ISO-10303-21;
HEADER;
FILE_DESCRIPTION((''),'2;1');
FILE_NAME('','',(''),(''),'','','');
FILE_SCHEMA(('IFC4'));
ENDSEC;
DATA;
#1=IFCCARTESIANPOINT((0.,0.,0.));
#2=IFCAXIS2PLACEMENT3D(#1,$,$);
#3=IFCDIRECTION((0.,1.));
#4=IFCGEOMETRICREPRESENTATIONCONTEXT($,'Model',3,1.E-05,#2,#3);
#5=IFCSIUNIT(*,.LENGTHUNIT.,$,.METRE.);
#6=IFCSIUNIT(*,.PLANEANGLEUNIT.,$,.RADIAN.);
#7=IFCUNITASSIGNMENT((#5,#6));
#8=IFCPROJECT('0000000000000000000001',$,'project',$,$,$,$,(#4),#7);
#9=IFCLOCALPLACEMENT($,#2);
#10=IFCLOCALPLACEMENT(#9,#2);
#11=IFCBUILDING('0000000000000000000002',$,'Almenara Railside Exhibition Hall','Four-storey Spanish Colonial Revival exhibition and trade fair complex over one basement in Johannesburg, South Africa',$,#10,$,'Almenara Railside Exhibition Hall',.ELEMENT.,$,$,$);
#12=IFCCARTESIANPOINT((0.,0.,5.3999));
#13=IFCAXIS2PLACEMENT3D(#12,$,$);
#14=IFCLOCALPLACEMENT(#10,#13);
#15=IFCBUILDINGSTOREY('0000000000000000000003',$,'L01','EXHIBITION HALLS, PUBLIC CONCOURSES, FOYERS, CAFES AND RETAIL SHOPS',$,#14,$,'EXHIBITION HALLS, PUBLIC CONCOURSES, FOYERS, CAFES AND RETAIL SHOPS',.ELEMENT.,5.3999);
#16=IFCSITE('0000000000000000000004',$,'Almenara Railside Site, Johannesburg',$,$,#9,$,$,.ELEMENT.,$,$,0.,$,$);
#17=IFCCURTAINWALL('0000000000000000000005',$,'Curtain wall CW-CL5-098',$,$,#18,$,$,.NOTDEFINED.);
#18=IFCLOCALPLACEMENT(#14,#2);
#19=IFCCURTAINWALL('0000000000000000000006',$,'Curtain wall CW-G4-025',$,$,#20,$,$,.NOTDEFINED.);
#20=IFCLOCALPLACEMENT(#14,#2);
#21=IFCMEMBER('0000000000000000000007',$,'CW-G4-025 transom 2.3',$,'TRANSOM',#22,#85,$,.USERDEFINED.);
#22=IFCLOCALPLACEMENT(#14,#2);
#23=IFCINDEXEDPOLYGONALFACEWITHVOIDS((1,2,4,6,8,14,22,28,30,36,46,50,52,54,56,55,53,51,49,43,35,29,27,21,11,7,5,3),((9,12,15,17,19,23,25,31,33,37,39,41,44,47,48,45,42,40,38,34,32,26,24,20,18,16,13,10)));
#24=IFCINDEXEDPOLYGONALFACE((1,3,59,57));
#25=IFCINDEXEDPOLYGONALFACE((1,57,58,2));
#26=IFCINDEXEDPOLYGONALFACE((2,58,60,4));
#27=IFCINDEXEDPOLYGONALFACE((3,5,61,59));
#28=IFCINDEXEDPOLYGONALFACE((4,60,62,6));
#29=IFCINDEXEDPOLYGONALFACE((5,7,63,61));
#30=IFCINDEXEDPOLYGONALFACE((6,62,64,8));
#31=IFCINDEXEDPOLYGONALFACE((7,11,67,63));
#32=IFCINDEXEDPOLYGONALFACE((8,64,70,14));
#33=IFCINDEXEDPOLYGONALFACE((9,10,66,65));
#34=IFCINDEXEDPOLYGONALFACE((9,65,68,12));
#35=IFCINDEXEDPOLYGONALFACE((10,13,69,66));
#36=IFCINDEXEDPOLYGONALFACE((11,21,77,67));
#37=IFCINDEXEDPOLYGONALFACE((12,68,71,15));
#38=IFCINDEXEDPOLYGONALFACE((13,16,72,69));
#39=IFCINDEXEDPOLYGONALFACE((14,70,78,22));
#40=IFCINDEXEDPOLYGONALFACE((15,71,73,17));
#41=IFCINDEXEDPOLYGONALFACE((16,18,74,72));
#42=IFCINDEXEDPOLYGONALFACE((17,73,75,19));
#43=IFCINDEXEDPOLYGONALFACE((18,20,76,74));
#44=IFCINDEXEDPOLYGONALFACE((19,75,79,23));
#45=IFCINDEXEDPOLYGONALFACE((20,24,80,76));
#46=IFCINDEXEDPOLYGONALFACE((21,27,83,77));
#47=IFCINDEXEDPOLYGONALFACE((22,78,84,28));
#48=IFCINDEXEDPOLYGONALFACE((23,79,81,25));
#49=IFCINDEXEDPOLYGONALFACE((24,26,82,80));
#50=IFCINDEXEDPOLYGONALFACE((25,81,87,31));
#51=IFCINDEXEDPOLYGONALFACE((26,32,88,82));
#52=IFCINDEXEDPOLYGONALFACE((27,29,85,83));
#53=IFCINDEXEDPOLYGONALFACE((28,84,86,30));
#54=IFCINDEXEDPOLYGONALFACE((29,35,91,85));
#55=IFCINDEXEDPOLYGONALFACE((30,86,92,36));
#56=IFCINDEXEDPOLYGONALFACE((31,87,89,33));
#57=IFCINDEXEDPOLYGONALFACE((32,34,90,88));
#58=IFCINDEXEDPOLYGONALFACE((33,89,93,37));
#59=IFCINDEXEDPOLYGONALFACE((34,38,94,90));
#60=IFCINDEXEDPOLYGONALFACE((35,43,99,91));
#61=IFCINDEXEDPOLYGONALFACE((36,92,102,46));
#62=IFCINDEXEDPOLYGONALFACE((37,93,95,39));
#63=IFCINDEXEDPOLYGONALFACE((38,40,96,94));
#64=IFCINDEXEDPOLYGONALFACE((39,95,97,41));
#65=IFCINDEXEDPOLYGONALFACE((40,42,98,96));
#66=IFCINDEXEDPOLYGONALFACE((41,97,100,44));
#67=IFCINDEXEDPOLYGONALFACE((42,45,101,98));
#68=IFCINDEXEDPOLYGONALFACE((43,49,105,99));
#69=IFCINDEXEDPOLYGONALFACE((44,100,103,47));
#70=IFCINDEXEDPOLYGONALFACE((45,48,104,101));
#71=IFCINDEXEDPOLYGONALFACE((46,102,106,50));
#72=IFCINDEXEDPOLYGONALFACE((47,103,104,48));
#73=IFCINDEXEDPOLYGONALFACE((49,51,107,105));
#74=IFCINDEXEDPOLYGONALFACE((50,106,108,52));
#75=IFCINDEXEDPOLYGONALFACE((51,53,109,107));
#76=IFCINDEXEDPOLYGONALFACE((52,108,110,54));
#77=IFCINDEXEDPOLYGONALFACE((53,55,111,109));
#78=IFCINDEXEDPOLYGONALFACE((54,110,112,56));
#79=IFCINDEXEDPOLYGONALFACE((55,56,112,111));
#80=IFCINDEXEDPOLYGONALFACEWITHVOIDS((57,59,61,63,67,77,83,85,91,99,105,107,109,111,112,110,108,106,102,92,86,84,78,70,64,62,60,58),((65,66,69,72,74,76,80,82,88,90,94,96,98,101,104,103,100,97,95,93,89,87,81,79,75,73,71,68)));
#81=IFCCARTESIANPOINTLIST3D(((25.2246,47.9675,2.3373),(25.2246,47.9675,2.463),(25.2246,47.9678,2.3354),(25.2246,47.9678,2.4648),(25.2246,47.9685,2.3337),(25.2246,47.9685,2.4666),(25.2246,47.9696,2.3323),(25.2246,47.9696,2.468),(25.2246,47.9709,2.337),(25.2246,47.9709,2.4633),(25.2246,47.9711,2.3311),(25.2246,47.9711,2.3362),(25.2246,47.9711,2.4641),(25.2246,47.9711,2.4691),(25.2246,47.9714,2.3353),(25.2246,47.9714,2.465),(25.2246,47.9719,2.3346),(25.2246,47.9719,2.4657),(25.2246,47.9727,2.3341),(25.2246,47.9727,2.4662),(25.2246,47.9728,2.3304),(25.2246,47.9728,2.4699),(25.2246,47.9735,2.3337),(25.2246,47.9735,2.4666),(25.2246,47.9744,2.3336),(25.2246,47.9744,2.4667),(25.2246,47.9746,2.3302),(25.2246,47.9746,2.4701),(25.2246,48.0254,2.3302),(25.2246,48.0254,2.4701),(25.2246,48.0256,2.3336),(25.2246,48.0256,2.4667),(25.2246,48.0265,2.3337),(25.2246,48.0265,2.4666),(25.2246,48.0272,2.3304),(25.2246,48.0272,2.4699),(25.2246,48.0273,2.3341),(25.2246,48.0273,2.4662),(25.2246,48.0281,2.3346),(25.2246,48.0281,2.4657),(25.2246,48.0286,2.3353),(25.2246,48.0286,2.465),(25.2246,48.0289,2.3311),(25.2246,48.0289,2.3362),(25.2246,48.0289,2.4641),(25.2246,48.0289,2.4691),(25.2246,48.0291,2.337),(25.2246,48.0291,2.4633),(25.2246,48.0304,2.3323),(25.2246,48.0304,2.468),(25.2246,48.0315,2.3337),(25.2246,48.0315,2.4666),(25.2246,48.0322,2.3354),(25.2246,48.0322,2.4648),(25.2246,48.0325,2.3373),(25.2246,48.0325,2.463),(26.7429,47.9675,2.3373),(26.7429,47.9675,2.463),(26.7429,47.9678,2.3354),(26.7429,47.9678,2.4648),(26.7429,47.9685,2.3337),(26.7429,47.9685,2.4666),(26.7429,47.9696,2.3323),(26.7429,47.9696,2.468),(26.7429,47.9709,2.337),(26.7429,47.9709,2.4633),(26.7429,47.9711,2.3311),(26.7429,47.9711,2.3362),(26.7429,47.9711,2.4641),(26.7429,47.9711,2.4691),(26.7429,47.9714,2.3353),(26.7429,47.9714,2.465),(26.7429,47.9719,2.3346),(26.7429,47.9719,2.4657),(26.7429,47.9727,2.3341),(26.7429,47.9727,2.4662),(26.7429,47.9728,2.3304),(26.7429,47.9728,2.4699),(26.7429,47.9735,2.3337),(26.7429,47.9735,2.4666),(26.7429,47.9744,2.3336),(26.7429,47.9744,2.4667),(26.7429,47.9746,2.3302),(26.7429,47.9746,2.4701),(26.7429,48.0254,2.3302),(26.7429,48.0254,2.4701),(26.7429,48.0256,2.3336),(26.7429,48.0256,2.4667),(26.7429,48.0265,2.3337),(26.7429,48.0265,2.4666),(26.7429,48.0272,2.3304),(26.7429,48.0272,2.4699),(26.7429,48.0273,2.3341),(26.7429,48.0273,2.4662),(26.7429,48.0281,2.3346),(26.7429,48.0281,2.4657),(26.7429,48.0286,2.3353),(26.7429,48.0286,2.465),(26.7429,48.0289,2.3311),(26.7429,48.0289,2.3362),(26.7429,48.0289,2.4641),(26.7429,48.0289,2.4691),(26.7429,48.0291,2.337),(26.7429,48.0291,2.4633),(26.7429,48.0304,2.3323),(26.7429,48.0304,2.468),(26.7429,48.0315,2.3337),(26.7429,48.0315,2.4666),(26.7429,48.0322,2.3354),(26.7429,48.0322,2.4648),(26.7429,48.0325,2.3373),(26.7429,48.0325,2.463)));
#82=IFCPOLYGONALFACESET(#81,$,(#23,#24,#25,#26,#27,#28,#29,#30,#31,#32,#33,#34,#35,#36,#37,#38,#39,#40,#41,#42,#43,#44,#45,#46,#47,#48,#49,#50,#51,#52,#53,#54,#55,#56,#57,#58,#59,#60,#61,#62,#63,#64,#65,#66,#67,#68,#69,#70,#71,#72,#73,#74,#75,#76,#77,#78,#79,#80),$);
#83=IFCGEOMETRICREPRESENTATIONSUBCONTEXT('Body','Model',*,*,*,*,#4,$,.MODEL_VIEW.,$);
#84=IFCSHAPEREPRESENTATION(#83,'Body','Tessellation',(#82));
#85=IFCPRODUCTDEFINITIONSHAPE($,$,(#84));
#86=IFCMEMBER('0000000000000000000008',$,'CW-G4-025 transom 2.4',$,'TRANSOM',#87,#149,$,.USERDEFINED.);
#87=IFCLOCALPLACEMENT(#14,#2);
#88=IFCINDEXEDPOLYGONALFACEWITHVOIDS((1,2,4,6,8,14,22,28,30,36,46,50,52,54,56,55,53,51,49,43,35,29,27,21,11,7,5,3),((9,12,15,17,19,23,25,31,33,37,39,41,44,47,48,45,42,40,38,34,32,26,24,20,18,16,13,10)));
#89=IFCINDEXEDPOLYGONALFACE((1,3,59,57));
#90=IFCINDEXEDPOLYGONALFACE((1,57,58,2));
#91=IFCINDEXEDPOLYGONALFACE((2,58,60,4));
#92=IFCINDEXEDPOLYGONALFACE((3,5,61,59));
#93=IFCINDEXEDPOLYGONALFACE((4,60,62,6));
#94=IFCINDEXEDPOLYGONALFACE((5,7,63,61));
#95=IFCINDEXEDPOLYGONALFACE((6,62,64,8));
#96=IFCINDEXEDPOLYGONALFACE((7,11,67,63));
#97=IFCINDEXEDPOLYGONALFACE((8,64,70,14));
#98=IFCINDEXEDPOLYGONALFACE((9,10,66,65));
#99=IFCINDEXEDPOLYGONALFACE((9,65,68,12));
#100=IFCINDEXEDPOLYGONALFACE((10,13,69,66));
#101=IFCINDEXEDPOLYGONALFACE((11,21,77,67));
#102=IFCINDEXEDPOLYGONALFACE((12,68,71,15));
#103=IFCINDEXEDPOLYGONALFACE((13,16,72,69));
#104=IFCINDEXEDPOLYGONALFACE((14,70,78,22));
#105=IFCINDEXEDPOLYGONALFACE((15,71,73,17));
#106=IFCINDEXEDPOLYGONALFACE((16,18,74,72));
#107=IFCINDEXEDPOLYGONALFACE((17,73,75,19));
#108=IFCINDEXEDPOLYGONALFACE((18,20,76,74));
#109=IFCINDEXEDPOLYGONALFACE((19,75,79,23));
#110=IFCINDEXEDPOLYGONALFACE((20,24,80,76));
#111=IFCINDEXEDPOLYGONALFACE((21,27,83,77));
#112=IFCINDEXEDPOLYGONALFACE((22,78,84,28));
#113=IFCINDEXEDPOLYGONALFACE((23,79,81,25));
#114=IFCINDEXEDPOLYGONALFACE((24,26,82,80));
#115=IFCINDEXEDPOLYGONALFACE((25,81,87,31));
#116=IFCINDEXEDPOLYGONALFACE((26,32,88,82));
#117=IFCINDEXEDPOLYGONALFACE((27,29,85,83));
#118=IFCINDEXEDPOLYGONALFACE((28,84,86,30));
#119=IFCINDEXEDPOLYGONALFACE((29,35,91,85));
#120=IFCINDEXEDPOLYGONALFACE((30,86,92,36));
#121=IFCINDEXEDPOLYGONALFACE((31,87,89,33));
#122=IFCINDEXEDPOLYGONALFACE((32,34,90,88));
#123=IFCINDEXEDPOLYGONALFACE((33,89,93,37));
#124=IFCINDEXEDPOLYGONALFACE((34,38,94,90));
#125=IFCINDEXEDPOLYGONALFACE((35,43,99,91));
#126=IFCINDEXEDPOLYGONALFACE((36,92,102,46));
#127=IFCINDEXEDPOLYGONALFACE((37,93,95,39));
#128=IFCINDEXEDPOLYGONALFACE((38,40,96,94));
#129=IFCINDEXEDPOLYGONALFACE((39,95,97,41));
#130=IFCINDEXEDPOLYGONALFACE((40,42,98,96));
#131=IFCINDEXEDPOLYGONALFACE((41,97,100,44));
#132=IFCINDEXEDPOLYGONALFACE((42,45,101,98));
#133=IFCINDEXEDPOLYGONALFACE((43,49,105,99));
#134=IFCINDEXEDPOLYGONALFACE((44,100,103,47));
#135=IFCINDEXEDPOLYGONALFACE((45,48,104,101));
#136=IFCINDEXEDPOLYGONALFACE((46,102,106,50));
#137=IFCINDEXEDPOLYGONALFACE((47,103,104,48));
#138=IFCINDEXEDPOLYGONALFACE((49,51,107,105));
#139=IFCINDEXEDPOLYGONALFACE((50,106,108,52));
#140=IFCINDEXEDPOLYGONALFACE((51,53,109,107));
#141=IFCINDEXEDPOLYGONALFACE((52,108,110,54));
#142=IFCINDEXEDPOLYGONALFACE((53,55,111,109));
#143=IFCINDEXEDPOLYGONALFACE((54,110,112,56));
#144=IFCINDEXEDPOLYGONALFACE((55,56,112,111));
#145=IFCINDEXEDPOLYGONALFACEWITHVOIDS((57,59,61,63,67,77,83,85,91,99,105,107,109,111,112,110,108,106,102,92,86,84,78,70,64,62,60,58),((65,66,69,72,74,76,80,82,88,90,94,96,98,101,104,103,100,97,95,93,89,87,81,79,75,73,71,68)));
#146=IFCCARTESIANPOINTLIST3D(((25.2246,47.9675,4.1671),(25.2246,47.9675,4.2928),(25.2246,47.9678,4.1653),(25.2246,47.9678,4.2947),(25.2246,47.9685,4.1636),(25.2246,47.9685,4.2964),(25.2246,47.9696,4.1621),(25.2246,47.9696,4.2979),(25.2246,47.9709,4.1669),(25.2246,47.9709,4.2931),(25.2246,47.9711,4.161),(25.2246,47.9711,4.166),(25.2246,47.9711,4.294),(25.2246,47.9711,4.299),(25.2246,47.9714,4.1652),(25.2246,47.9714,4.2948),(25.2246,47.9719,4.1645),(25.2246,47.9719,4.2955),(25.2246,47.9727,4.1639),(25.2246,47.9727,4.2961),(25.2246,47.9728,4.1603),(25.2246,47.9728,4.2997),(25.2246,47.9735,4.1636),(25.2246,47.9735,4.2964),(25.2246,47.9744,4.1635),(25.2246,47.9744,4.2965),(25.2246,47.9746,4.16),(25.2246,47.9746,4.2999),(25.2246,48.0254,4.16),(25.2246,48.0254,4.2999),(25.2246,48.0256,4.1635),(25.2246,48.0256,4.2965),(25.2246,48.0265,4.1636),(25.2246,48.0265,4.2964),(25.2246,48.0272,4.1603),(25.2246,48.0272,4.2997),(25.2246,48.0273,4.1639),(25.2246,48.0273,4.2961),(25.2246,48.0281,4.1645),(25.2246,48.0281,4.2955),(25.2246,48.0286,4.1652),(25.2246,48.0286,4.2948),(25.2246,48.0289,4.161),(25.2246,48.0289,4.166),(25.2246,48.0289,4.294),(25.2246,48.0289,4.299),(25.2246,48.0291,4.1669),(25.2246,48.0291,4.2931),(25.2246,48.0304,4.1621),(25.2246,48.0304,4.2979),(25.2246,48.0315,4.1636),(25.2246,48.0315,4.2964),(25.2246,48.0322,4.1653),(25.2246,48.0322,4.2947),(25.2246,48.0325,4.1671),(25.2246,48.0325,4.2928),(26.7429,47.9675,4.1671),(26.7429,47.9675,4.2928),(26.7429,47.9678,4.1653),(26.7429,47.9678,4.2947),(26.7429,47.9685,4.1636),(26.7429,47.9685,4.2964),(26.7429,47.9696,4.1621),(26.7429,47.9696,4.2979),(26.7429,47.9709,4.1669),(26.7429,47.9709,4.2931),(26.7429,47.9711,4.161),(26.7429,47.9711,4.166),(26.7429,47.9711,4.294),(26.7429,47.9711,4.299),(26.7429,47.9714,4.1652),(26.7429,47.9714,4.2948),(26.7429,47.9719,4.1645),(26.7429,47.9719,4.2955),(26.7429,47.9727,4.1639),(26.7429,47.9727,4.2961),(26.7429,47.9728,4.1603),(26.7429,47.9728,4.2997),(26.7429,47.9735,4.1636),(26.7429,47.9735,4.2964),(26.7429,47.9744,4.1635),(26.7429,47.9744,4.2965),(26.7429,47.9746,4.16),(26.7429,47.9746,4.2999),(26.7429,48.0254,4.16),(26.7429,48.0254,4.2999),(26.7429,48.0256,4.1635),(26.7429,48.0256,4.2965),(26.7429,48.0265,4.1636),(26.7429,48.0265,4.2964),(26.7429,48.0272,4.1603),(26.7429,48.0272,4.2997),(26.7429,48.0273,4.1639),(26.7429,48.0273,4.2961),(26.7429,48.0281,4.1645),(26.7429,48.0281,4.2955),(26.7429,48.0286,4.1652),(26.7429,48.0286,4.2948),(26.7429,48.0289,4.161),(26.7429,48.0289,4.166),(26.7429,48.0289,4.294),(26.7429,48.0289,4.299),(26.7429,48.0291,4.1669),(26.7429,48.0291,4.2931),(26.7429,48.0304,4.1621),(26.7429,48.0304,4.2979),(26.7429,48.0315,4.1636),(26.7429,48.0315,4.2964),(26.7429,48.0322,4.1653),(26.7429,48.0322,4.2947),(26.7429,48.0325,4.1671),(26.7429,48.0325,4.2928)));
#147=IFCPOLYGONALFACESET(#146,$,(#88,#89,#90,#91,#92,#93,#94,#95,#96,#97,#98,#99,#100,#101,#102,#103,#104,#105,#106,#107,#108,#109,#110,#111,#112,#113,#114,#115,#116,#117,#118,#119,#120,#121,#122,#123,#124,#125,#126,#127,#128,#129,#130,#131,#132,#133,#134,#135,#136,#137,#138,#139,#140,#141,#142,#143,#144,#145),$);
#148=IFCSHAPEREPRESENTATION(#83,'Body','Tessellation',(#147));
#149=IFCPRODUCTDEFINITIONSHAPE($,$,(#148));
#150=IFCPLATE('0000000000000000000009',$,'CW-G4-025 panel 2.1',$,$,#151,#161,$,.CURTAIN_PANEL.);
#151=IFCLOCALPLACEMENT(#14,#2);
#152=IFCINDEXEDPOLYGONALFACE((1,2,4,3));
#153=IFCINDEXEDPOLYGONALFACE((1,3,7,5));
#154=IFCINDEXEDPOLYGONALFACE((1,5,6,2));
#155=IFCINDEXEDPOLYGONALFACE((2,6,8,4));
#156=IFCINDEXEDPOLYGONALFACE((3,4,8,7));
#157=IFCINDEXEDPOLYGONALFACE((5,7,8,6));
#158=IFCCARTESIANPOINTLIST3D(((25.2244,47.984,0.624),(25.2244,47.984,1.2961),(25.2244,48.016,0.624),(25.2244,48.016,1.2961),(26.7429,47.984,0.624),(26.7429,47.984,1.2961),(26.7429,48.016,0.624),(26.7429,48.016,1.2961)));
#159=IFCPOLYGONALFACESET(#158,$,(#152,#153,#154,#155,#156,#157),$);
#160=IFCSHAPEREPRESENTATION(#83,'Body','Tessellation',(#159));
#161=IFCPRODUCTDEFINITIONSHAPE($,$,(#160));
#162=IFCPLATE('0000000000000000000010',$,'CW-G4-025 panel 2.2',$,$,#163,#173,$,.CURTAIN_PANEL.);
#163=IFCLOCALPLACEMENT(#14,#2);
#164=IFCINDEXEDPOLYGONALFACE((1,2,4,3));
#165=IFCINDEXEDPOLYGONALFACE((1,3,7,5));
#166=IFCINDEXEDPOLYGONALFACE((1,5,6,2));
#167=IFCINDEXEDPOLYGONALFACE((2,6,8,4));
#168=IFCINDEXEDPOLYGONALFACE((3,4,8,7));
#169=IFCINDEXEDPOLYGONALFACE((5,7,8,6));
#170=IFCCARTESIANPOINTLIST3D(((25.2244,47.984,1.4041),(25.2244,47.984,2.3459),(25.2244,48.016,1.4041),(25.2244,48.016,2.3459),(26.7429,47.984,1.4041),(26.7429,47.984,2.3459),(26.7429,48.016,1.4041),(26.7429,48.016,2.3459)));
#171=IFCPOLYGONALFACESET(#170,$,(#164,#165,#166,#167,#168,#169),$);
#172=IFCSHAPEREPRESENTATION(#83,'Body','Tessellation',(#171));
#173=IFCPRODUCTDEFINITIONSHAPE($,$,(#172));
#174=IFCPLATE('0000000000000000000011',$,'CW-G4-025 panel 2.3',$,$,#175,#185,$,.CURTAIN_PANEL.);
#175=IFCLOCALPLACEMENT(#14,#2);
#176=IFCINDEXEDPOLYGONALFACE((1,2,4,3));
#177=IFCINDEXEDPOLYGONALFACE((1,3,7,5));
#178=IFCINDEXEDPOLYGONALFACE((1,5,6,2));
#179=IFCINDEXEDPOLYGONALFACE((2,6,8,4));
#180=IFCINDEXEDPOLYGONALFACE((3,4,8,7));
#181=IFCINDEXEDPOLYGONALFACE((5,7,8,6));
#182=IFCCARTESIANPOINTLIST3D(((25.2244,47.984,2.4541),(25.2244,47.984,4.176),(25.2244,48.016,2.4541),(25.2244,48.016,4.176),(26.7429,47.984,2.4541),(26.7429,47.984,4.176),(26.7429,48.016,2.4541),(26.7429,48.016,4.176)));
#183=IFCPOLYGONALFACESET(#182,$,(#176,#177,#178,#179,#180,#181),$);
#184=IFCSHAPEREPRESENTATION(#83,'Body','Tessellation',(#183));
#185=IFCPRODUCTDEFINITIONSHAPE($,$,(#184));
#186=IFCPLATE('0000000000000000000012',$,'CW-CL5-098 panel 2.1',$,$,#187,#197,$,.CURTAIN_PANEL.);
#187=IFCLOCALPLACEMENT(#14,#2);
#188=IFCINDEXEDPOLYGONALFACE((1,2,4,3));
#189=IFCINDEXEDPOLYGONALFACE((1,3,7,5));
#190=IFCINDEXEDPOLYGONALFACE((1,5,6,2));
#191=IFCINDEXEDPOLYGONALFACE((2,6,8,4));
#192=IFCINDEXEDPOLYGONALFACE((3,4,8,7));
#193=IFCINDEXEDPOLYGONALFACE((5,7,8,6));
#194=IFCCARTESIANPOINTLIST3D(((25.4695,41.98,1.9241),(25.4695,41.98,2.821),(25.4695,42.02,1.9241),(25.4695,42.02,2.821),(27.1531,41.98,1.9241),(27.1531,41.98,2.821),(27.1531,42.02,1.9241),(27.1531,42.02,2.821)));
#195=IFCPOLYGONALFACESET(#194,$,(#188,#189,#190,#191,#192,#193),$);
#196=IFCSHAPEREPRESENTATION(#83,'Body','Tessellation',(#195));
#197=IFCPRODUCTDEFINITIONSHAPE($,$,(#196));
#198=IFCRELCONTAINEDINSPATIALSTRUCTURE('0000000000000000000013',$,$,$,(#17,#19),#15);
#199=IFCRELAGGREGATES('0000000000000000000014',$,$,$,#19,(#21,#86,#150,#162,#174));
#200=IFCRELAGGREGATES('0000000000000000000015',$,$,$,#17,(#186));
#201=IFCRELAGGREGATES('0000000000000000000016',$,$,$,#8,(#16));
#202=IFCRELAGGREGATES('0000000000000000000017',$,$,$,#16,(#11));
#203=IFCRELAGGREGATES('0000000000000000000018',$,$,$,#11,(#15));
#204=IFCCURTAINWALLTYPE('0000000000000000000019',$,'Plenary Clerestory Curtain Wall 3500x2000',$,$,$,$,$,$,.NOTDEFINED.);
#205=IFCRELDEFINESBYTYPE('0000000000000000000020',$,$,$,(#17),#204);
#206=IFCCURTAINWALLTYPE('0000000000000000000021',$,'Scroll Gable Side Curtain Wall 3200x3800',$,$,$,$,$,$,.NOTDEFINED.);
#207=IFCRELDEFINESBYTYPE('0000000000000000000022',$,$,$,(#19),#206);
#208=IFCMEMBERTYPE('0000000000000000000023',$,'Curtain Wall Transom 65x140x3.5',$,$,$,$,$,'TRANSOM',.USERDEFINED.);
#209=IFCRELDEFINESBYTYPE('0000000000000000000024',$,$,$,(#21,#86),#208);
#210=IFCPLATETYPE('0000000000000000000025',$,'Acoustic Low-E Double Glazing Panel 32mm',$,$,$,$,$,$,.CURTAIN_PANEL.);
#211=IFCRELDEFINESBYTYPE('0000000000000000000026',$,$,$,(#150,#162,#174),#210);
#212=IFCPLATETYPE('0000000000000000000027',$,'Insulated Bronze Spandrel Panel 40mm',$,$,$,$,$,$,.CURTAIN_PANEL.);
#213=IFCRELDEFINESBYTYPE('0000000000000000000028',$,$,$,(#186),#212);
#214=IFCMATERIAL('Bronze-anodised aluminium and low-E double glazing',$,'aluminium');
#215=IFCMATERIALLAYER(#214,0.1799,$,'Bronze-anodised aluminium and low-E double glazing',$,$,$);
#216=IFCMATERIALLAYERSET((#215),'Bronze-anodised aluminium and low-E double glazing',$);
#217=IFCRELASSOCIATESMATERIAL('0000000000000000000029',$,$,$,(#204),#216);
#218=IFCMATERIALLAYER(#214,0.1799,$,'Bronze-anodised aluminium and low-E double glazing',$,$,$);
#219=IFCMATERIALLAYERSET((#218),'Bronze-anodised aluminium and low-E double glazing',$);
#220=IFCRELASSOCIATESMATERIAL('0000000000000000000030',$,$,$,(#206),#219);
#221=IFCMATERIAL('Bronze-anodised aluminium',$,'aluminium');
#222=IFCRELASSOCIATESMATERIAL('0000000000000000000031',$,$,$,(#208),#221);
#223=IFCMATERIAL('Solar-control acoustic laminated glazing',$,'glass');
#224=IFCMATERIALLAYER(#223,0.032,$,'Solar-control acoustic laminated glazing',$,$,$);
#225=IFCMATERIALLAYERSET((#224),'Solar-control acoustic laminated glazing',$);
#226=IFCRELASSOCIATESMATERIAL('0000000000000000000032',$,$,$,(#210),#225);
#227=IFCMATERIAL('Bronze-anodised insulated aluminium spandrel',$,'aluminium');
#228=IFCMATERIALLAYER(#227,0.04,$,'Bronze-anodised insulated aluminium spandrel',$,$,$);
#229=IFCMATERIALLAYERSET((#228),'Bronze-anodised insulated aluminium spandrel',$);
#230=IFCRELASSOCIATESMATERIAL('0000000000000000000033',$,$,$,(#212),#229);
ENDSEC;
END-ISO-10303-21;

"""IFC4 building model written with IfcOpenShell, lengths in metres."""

from ifc_helpers import new_model, si_unit, direction, frame, origin, origin_2d, place, context, subcontext, project, spatial, rectangle, hollow_rectangle, extrude, material, layer, layer_set, material_profile, profile_set, type_object, element, aggregate, save


model = new_model("IFC4")

# Units and contexts
model_context = context("Model", 3, precision=1e-05, world=origin(), true_north=direction((0.0, 1.0)))
body_context = subcontext(model_context, "Body", "Model", "MODEL_VIEW")
ifc_project = project(units=[si_unit("LENGTHUNIT", "METRE"), si_unit("PLANEANGLEUNIT", "RADIAN")], contexts=[model_context])

# Site, building, storey
site_placement = place(None, origin())
site = spatial("IfcSite", under=ifc_project, at=site_placement, Name="Almenara Railside Site, Johannesburg", CompositionType="ELEMENT", RefElevation=0.0)
building_placement = place(site_placement, origin())
building = spatial("IfcBuilding", under=site, at=building_placement, Name="Almenara Railside Exhibition Hall", Description="Four-storey Spanish Colonial Revival exhibition and trade fair complex over one basement in Johannesburg, South Africa", LongName="Almenara Railside Exhibition Hall", CompositionType="ELEMENT")
storey_placement = place(building_placement, frame((0.0, 0.0, 5.3999)))
storey = spatial("IfcBuildingStorey", under=building, at=storey_placement, Name="L01", Description="EXHIBITION HALLS, PUBLIC CONCOURSES, FOYERS, CAFES AND RETAIL SHOPS", LongName="EXHIBITION HALLS, PUBLIC CONCOURSES, FOYERS, CAFES AND RETAIL SHOPS", CompositionType="ELEMENT", Elevation=5.3999)

# Curtain wall
ifc_material_1 = material(Name="Bronze-anodised aluminium and low-E double glazing", Category="aluminium")
ifc_layer_1 = layer(ifc_material_1, 0.1799, Name="Bronze-anodised aluminium and low-E double glazing")
ifc_layer_set_1 = layer_set([ifc_layer_1], Name="Bronze-anodised aluminium and low-E double glazing")
curtain_wall_type_1 = type_object("IfcCurtainWallType", Name="Plenary Clerestory Curtain Wall 3500x2000", PredefinedType="NOTDEFINED", material=ifc_layer_set_1)
curtain_wall_1_placement = place(storey_placement, origin())
curtain_wall_1 = element("IfcCurtainWall", 1, at=curtain_wall_1_placement, inside=storey, type_object=curtain_wall_type_1, Name="Curtain wall CW-CL5-098", PredefinedType="NOTDEFINED")
ifc_material_2 = material(Name="Bronze-anodised aluminium", Category="aluminium")

# Curtain wall
ifc_layer_2 = layer(ifc_material_1, 0.1799, Name="Bronze-anodised aluminium and low-E double glazing")
ifc_layer_set_2 = layer_set([ifc_layer_2], Name="Bronze-anodised aluminium and low-E double glazing")
curtain_wall_type_2 = type_object("IfcCurtainWallType", Name="Scroll Gable Side Curtain Wall 3200x3800", PredefinedType="NOTDEFINED", material=ifc_layer_set_2)
curtain_wall_2_placement = place(storey_placement, origin())
curtain_wall_2 = element("IfcCurtainWall", 2, at=curtain_wall_2_placement, inside=storey, type_object=curtain_wall_type_2, Name="Curtain wall CW-G4-025", PredefinedType="NOTDEFINED")

# Members
ifc_material_profile_1 = material_profile(ifc_material_2, hollow_rectangle(XDim=0.0649, YDim=0.1399, WallThickness=0.0034, InnerFilletRadius=0.0034, OuterFilletRadius=0.0071, at=origin_2d()), Name="ALU-TRN 65x140x3.5")
ifc_profile_set_1 = profile_set([ifc_material_profile_1], Name="Bronze-anodised aluminium")
member_type_1 = type_object("IfcMemberType", Name="Curtain Wall Transom 65x140x3.5", ElementType="TRANSOM", PredefinedType="USERDEFINED", material=ifc_profile_set_1)
member_1_placement = place(storey_placement, frame((25.2246, 48.0, 2.4001), z_axis=(1.0, 0.0, 0.0), x_axis=(0.0, 1.0, 0.0)))
member_1 = element("IfcMember", 3, at=member_1_placement, type_object=member_type_1, Name="CW-G4-025 transom 2.3", ObjectType="TRANSOM", PredefinedType="USERDEFINED", context=body_context, shape_type="SweptSolid", body=[
    extrude(hollow_rectangle(XDim=0.0649, YDim=0.1399, WallThickness=0.0034, InnerFilletRadius=0.0034, OuterFilletRadius=0.0071, at=origin_2d()), origin(), (0.0, 0.0, 1.0), 1.5183),
])
member_2_placement = place(storey_placement, frame((25.2246, 48.0, 4.23), z_axis=(1.0, 0.0, 0.0), x_axis=(0.0, 1.0, 0.0)))
member_2 = element("IfcMember", 4, at=member_2_placement, type_object=member_type_1, Name="CW-G4-025 transom 2.4", ObjectType="TRANSOM", PredefinedType="USERDEFINED", context=body_context, shape_type="SweptSolid", body=[
    extrude(hollow_rectangle(XDim=0.0649, YDim=0.1399, WallThickness=0.0034, InnerFilletRadius=0.0034, OuterFilletRadius=0.0071, at=origin_2d()), origin(), (0.0, 0.0, 1.0), 1.5183),
])

# Plates
ifc_material_3 = material(Name="Solar-control acoustic laminated glazing", Category="glass")
ifc_layer_3 = layer(ifc_material_3, 0.032, Name="Solar-control acoustic laminated glazing")
ifc_layer_set_3 = layer_set([ifc_layer_3], Name="Solar-control acoustic laminated glazing")
plate_type_1 = type_object("IfcPlateType", Name="Acoustic Low-E Double Glazing Panel 32mm", PredefinedType="CURTAIN_PANEL", material=ifc_layer_set_3)
plate_1_placement = place(storey_placement, frame((25.9836, 48.0, 0.624), z_axis=(0.0, 0.0, 1.0), x_axis=(1.0, 0.0, 0.0)))
plate_1 = element("IfcPlate", 5, at=plate_1_placement, type_object=plate_type_1, Name="CW-G4-025 panel 2.1", PredefinedType="CURTAIN_PANEL", context=body_context, shape_type="SweptSolid", body=[
    extrude(rectangle(XDim=1.5186, YDim=0.032, at=origin_2d()), origin(), (0.0, 0.0, 1.0), 0.6721),
])
plate_2_placement = place(storey_placement, frame((25.9836, 48.0, 1.4041), z_axis=(0.0, 0.0, 1.0), x_axis=(1.0, 0.0, 0.0)))
plate_2 = element("IfcPlate", 6, at=plate_2_placement, type_object=plate_type_1, Name="CW-G4-025 panel 2.2", PredefinedType="CURTAIN_PANEL", context=body_context, shape_type="SweptSolid", body=[
    extrude(rectangle(XDim=1.5186, YDim=0.032, at=origin_2d()), origin(), (0.0, 0.0, 1.0), 0.9419),
])
plate_3_placement = place(storey_placement, frame((25.9836, 48.0, 2.4541), z_axis=(0.0, 0.0, 1.0), x_axis=(1.0, 0.0, 0.0)))
plate_3 = element("IfcPlate", 7, at=plate_3_placement, type_object=plate_type_1, Name="CW-G4-025 panel 2.3", PredefinedType="CURTAIN_PANEL", context=body_context, shape_type="SweptSolid", body=[
    extrude(rectangle(XDim=1.5186, YDim=0.032, at=origin_2d()), origin(), (0.0, 0.0, 1.0), 1.7219),
])
aggregate(curtain_wall_2, [member_1, member_2, plate_1, plate_2, plate_3])
ifc_material_4 = material(Name="Bronze-anodised insulated aluminium spandrel", Category="aluminium")
ifc_layer_4 = layer(ifc_material_4, 0.04, Name="Bronze-anodised insulated aluminium spandrel")
ifc_layer_set_4 = layer_set([ifc_layer_4], Name="Bronze-anodised insulated aluminium spandrel")
plate_type_2 = type_object("IfcPlateType", Name="Insulated Bronze Spandrel Panel 40mm", PredefinedType="CURTAIN_PANEL", material=ifc_layer_set_4)
plate_4_placement = place(storey_placement, frame((26.3113, 42.0, 1.9241), z_axis=(0.0, 0.0, 1.0), x_axis=(1.0, 0.0, 0.0)))
plate_4 = element("IfcPlate", 8, at=plate_4_placement, type_object=plate_type_2, Name="CW-CL5-098 panel 2.1", PredefinedType="CURTAIN_PANEL", context=body_context, shape_type="SweptSolid", body=[
    extrude(rectangle(XDim=1.6836, YDim=0.04, at=origin_2d()), origin(), (0.0, 0.0, 1.0), 0.897),
])
aggregate(curtain_wall_1, [plate_4])

save(model, "model.ifc")
